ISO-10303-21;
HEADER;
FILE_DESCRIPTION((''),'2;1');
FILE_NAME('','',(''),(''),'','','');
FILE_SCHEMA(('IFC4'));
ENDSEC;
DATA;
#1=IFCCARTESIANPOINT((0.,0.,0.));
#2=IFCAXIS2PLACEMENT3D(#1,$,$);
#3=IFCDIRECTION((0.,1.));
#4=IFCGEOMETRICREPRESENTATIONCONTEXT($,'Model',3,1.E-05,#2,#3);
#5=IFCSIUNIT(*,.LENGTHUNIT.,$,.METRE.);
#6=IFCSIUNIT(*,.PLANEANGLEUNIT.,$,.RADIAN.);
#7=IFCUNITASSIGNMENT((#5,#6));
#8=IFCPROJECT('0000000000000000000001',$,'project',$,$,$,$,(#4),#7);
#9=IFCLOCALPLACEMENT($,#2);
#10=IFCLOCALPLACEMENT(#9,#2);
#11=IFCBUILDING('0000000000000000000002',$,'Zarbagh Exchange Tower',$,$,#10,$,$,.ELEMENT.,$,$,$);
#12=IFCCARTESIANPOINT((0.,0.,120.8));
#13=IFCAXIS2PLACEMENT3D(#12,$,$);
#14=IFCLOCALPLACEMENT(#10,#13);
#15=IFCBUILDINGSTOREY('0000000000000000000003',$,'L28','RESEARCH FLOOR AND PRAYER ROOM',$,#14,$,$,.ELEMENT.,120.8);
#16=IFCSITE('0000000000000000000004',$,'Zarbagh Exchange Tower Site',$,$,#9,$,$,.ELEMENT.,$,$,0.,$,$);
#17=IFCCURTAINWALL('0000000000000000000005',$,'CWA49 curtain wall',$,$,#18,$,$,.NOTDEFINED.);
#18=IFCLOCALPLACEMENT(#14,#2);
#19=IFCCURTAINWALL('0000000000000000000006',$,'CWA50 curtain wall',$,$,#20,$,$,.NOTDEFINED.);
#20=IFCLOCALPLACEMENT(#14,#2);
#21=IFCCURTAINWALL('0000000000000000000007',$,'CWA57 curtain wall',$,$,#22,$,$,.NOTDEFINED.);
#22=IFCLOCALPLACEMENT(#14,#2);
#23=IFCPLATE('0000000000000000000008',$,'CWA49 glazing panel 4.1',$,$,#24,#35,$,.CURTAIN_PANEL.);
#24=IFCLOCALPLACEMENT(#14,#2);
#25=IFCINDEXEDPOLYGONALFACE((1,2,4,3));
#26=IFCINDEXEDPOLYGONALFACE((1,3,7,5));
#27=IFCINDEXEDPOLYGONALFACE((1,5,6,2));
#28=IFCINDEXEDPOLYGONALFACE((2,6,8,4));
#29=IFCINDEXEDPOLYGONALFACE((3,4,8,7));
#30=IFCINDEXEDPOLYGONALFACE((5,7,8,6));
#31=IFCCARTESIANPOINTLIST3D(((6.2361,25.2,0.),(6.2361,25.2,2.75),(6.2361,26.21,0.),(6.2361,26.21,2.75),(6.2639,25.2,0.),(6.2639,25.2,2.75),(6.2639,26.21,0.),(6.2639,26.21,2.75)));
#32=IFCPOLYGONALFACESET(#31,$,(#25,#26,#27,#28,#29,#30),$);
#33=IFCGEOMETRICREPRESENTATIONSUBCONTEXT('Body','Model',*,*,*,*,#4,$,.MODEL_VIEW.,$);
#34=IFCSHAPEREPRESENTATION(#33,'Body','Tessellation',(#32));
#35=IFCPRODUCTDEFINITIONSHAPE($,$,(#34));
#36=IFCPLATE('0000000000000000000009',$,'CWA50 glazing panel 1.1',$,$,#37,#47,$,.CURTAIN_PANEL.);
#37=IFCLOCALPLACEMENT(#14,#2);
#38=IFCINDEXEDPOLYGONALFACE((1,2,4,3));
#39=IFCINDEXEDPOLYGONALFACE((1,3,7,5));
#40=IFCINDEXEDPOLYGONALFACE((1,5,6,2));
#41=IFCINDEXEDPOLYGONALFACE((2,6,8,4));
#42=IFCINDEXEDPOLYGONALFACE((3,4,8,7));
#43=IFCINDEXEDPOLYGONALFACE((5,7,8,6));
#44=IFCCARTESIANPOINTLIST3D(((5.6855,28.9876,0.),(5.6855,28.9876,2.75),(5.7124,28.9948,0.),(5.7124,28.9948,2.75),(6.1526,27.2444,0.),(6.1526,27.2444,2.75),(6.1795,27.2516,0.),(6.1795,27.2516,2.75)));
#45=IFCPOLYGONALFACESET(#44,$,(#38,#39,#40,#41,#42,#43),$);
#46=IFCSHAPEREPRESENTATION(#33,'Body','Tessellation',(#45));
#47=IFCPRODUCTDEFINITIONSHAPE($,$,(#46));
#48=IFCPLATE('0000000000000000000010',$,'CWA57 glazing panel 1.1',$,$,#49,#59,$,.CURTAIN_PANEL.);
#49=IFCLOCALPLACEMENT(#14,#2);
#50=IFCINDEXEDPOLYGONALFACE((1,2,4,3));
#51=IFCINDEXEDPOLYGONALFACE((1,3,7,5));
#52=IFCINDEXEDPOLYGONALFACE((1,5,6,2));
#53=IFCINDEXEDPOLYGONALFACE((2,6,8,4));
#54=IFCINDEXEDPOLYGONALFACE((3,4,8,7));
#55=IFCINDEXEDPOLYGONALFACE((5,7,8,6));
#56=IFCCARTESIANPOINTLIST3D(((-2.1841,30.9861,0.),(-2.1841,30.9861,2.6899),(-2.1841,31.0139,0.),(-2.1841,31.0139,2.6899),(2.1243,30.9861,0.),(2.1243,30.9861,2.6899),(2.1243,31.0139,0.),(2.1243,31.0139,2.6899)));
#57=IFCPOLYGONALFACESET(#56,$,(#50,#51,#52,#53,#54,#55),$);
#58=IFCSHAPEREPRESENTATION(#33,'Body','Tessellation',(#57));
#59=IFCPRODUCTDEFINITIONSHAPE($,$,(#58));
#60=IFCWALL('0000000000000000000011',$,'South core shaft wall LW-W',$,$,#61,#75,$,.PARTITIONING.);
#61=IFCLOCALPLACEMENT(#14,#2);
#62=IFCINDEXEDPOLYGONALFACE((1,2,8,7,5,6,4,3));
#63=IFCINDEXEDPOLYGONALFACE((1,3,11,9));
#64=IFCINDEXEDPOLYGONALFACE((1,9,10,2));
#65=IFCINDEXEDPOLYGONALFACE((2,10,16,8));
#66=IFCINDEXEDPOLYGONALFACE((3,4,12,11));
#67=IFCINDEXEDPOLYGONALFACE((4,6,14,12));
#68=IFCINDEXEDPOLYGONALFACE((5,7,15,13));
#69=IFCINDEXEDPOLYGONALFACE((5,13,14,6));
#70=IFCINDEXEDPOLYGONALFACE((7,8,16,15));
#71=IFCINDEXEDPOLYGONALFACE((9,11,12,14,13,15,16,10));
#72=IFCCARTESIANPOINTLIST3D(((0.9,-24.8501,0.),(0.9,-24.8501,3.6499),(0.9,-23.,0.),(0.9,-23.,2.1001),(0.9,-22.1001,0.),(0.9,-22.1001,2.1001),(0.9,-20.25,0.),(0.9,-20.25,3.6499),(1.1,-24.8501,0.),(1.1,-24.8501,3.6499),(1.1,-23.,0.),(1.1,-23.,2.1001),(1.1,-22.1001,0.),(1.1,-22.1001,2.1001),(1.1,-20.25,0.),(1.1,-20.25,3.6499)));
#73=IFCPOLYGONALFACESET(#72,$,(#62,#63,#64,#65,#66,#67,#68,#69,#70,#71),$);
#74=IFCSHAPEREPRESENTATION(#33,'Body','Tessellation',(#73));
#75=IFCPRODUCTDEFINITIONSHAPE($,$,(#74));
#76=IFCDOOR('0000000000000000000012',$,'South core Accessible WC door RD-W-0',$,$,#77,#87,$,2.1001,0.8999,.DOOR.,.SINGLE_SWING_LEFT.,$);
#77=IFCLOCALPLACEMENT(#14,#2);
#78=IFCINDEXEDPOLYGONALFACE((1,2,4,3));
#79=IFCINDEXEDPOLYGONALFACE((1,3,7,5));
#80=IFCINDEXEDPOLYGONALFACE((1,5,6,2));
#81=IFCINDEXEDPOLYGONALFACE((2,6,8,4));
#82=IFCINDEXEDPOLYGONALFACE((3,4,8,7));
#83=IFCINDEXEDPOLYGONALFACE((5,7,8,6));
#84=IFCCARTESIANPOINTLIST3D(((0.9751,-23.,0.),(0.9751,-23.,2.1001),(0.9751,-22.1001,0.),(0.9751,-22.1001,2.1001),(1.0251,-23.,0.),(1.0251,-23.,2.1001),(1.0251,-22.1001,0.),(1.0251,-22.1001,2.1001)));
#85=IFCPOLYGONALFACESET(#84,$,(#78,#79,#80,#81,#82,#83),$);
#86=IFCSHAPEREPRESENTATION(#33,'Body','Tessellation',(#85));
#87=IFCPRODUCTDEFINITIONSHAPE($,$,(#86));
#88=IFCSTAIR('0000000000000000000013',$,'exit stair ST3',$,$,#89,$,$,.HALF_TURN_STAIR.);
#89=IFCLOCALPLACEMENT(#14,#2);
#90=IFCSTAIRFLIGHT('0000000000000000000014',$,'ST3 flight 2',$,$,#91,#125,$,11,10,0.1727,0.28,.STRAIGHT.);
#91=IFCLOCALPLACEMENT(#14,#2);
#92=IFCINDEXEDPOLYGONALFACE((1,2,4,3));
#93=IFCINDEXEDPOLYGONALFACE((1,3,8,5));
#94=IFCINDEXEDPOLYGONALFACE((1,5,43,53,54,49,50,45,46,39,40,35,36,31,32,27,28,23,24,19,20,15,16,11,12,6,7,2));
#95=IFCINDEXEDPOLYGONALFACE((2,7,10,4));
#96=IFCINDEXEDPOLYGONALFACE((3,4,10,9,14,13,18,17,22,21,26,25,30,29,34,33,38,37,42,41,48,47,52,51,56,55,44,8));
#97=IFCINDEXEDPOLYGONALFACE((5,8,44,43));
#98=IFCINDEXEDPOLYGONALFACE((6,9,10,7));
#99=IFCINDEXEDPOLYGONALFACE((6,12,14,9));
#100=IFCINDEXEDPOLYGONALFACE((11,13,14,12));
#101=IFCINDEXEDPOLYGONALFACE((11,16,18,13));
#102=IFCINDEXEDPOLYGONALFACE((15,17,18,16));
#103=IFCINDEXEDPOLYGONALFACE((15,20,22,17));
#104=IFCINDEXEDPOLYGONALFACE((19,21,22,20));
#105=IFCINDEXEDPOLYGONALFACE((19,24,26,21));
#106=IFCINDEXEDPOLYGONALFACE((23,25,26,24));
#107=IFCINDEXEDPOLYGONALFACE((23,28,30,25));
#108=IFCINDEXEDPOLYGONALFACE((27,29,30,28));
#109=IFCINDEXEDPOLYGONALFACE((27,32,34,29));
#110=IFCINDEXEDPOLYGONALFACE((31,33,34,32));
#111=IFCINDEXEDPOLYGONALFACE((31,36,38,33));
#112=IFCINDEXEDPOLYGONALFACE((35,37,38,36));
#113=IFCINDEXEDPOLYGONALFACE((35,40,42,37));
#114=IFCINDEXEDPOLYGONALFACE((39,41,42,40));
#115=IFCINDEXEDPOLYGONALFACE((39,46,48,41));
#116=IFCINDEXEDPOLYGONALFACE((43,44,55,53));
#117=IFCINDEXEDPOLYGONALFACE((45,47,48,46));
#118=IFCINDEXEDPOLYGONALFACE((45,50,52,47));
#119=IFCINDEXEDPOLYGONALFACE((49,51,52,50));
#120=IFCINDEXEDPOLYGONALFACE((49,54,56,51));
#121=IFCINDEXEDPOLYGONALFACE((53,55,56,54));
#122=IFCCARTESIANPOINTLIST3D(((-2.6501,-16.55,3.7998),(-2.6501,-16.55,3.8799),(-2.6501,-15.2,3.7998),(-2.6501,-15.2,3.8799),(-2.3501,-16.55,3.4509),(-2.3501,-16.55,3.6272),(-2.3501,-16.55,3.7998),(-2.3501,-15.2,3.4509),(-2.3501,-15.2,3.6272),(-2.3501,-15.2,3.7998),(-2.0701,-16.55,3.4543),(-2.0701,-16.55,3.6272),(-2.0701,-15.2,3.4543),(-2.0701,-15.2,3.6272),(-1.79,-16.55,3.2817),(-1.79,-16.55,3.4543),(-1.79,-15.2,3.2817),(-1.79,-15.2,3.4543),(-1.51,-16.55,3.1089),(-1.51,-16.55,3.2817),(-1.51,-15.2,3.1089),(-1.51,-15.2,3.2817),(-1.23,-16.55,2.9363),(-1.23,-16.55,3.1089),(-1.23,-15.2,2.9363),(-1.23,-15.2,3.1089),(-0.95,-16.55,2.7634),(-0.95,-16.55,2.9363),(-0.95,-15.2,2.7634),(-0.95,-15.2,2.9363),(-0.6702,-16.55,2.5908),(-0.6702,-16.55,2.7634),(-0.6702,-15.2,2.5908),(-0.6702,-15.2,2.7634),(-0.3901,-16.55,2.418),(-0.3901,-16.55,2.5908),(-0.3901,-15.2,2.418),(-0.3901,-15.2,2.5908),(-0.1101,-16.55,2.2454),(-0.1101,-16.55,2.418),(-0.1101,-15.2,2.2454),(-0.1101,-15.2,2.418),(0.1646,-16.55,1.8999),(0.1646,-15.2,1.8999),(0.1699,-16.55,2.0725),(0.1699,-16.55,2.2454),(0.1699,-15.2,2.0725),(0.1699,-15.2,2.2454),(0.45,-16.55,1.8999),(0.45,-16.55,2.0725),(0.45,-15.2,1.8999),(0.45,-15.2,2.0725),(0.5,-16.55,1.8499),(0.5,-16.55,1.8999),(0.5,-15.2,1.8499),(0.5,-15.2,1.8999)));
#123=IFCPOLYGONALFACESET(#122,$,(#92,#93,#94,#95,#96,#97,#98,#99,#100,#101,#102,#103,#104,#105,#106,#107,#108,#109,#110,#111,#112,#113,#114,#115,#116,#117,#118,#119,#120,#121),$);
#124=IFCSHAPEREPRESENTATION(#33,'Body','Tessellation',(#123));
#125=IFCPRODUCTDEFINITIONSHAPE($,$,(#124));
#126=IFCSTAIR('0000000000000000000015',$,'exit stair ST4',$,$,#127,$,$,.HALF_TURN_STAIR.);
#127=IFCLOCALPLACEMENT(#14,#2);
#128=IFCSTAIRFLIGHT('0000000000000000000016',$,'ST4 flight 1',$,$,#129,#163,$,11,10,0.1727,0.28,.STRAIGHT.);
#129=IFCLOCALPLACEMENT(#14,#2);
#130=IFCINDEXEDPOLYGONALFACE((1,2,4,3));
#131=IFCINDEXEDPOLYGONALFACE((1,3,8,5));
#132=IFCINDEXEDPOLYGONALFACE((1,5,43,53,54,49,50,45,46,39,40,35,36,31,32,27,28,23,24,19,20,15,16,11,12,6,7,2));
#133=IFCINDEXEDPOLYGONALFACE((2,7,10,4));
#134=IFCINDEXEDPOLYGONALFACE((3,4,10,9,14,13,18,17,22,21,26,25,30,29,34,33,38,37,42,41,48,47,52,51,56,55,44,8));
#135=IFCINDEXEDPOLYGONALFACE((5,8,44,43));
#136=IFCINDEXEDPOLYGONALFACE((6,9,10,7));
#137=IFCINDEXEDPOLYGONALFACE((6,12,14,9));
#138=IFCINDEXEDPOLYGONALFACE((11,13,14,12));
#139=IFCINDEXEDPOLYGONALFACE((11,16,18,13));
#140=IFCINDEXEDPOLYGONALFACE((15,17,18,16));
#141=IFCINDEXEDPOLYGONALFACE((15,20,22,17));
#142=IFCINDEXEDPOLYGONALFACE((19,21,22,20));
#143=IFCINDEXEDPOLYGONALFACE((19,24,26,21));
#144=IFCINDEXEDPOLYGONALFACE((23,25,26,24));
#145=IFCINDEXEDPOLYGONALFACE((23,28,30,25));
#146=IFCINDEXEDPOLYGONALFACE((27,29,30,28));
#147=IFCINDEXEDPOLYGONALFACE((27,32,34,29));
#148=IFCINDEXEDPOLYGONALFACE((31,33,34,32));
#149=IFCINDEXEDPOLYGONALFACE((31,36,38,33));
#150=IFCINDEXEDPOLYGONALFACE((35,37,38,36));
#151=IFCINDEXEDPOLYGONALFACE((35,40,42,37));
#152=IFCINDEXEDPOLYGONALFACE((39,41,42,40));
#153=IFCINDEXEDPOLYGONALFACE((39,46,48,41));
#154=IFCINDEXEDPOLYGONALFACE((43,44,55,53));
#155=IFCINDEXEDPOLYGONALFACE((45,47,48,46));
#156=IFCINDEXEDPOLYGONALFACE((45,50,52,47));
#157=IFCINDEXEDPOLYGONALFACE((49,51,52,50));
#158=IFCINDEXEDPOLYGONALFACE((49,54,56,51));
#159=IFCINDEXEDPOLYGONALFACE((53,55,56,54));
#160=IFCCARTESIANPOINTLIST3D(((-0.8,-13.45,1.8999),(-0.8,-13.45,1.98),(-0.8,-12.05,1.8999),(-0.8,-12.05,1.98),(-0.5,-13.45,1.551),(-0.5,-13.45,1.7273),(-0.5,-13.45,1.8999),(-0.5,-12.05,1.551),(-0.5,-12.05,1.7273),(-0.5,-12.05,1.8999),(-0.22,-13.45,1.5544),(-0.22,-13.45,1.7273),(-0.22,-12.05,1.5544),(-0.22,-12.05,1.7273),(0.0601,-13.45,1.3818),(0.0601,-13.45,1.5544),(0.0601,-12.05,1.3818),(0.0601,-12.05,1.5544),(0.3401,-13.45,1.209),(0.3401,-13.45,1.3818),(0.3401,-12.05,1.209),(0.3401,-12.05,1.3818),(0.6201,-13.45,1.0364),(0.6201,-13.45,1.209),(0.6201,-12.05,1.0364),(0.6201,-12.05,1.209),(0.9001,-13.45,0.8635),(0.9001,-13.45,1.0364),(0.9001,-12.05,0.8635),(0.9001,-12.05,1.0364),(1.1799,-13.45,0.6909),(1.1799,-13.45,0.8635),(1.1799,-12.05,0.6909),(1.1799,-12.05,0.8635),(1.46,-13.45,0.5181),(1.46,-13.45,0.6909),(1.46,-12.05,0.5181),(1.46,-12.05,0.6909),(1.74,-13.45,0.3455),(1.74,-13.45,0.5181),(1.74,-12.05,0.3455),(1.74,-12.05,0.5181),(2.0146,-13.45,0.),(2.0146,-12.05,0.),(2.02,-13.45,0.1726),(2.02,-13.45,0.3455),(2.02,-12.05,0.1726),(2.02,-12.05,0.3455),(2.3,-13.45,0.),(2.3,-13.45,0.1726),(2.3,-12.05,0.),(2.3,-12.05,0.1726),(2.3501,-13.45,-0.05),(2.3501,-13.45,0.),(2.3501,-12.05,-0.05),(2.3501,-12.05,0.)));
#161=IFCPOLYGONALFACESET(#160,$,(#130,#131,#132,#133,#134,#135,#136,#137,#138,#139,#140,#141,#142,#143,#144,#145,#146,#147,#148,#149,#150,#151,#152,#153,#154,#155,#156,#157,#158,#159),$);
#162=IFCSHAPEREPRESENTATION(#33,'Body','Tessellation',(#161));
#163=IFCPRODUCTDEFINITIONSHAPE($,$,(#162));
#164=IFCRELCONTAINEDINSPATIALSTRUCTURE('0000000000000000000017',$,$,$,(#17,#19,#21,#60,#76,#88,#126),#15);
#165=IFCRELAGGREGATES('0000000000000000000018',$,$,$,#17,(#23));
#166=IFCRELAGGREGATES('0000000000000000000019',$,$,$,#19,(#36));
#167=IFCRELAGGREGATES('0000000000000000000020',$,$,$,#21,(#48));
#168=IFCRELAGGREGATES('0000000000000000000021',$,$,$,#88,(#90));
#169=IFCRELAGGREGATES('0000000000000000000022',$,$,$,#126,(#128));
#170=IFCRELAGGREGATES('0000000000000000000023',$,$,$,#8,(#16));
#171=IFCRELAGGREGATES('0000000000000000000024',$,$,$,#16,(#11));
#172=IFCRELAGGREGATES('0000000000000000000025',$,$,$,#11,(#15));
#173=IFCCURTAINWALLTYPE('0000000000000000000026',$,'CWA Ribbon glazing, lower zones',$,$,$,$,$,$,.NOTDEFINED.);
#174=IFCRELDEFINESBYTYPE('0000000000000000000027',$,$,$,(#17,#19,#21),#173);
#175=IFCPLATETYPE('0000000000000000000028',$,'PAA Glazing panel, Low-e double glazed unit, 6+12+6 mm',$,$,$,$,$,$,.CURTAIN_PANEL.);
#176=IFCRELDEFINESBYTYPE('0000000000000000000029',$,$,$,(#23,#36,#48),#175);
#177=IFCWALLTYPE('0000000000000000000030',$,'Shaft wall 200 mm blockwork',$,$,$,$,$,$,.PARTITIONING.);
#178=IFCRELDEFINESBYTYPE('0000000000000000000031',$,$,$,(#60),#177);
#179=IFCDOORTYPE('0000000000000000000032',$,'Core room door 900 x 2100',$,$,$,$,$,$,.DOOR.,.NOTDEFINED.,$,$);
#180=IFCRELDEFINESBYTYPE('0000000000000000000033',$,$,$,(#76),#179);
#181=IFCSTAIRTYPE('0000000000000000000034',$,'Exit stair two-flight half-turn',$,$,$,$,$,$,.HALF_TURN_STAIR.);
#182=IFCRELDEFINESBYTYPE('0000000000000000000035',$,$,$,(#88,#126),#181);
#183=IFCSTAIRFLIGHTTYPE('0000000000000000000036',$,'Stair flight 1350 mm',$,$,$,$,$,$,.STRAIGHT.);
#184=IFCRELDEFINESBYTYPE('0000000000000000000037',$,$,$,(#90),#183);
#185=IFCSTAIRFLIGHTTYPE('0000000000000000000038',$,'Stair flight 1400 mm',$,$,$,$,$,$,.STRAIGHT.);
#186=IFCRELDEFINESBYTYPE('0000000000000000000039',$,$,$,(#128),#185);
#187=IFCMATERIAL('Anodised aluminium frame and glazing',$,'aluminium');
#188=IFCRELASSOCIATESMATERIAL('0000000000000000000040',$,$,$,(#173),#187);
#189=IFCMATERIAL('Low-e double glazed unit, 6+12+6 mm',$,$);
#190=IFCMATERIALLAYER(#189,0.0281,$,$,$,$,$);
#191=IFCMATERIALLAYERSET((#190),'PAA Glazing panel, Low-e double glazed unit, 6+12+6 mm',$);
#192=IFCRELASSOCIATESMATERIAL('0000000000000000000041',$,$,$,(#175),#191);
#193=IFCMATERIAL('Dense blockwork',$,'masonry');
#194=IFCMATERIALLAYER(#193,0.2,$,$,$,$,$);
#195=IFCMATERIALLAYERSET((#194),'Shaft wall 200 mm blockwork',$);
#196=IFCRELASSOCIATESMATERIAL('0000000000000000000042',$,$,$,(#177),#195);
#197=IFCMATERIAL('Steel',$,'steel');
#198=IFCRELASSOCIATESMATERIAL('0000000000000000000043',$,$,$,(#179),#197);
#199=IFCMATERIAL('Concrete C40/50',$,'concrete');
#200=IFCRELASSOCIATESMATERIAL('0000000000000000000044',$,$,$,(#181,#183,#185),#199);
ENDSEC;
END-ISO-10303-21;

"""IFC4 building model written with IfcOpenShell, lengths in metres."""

from ifc_helpers import new_model, si_unit, direction, frame, frame_2d, origin, place, context, subcontext, project, spatial, polyline, rectangle, outline, extrude, source, transform, mapped, material, layer, layer_set, type_object, element, fill, aggregate, save


model = new_model("IFC4")

# Units and contexts
model_context = context("Model", 3, precision=1e-05, world=origin(), true_north=direction((0.0, 1.0)))
body_context = subcontext(model_context, "Body", "Model", "MODEL_VIEW")
ifc_project = project(units=[si_unit("LENGTHUNIT", "METRE"), si_unit("PLANEANGLEUNIT", "RADIAN")], contexts=[model_context])

# Site, building, storey
site_placement = place(None, origin())
site = spatial("IfcSite", under=ifc_project, at=site_placement, Name="Zarbagh Exchange Tower Site", CompositionType="ELEMENT", RefElevation=0.0)
building_placement = place(site_placement, origin())
building = spatial("IfcBuilding", under=site, at=building_placement, Name="Zarbagh Exchange Tower", CompositionType="ELEMENT")
storey_placement = place(building_placement, frame((0.0, 0.0, 120.8)))
storey = spatial("IfcBuildingStorey", under=building, at=storey_placement, Name="L28", Description="RESEARCH FLOOR AND PRAYER ROOM", CompositionType="ELEMENT", Elevation=120.8)

# Curtain walls
ifc_material_1 = material(Name="Anodised aluminium frame and glazing", Category="aluminium")
curtain_wall_type = type_object("IfcCurtainWallType", Name="CWA Ribbon glazing, lower zones", PredefinedType="NOTDEFINED", material=ifc_material_1)
curtain_wall_1_placement = place(storey_placement, origin())
curtain_wall_1 = element("IfcCurtainWall", 1, at=curtain_wall_1_placement, inside=storey, type_object=curtain_wall_type, Name="CWA49 curtain wall", PredefinedType="NOTDEFINED")
placement = place(storey_placement, origin())
curtain_wall_2_placement = place(storey_placement, origin())
curtain_wall_2 = element("IfcCurtainWall", 2, at=curtain_wall_2_placement, inside=storey, type_object=curtain_wall_type, Name="CWA50 curtain wall", PredefinedType="NOTDEFINED")
curtain_wall_3_placement = place(storey_placement, origin())
curtain_wall_3 = element("IfcCurtainWall", 3, at=curtain_wall_3_placement, inside=storey, type_object=curtain_wall_type, Name="CWA57 curtain wall", PredefinedType="NOTDEFINED")

# Shared definitions
ifc_material_2 = material(Name="Low-e double glazed unit, 6+12+6 mm")
ifc_layer_1 = layer(ifc_material_2, 0.0281)
ifc_layer_set_1 = layer_set([ifc_layer_1], Name="PAA Glazing panel, Low-e double glazed unit, 6+12+6 mm")
plate_type = type_object("IfcPlateType", Name="PAA Glazing panel, Low-e double glazed unit, 6+12+6 mm", PredefinedType="CURTAIN_PANEL", material=ifc_layer_set_1)

# Plates
shared_shape_1 = source(origin(), body_context, "Body", "SweptSolid", [
    extrude(outline(polyline([(0.0, -0.0139), (1.01, -0.0139), (1.01, 0.0139), (0.0, 0.0139), (0.0, -0.0139)])), origin(), (0.0, 0.0, 1.0), 2.75),
])
plate_1 = element("IfcPlate", 4, at=placement, type_object=plate_type, Name="CWA49 glazing panel 4.1", PredefinedType="CURTAIN_PANEL", context=body_context, shape_type="MappedRepresentation", body=[
    mapped(shared_shape_1, transform((6.25, 25.2, 0.0), x_axis=(0.0, 1.0, 0.0), y_axis=(-1.0, 0.0, 0.0), z_axis=(0.0, 0.0, 1.0))),
])
aggregate(curtain_wall_1, [plate_1])
shared_shape_2 = source(origin(), body_context, "Body", "SweptSolid", [
    extrude(outline(polyline([(0.0, -0.0139), (1.8047, -0.0139), (1.8047, 0.0139), (0.0, 0.0139), (0.0, -0.0139)])), origin(), (0.0, 0.0, 1.0), 2.75),
])
plate_2 = element("IfcPlate", 5, at=placement, type_object=plate_type, Name="CWA50 glazing panel 1.1", PredefinedType="CURTAIN_PANEL", context=body_context, shape_type="MappedRepresentation", body=[
    mapped(shared_shape_2, transform((6.166, 27.248, 0.0), x_axis=(-0.258825, 0.965924, 0.0), y_axis=(-0.965924, -0.258825, 0.0), z_axis=(0.0, 0.0, 1.0))),
])
aggregate(curtain_wall_2, [plate_2])
shared_shape_3 = source(origin(), body_context, "Body", "SweptSolid", [
    extrude(outline(polyline([(0.0, -0.0139), (4.3083, -0.0139), (4.3083, 0.0139), (0.0, 0.0139), (0.0, -0.0139)])), origin(), (0.0, 0.0, 1.0), 2.6899),
])
plate_3 = element("IfcPlate", 6, at=placement, type_object=plate_type, Name="CWA57 glazing panel 1.1", PredefinedType="CURTAIN_PANEL", context=body_context, shape_type="MappedRepresentation", body=[
    mapped(shared_shape_3, transform((2.1243, 31.0, 0.0), x_axis=(-1.0, 0.0, 0.0), y_axis=(0.0, -1.0, 0.0), z_axis=(0.0, 0.0, 1.0))),
])
aggregate(curtain_wall_3, [plate_3])

# Wall, opening, door
ifc_material_3 = material(Name="Dense blockwork", Category="masonry")
ifc_layer_2 = layer(ifc_material_3, 0.2)
ifc_layer_set_2 = layer_set([ifc_layer_2], Name="Shaft wall 200 mm blockwork")
wall_type = type_object("IfcWallType", Name="Shaft wall 200 mm blockwork", PredefinedType="PARTITIONING", material=ifc_layer_set_2)
wall_placement = place(storey_placement, frame((1.0, -24.8501, 0.0), z_axis=(0.0, 0.0, 1.0), x_axis=(0.0, 1.0, 0.0)))
wall = element("IfcWall", 7, at=wall_placement, inside=storey, type_object=wall_type, Name="South core shaft wall LW-W", PredefinedType="PARTITIONING", context=body_context, shape_type="SweptSolid", body=[
    extrude(rectangle(XDim=4.6001, YDim=0.2, at=frame_2d((2.3, 0.0))), origin(), (0.0, 0.0, 1.0), 3.6499),
])
opening_placement = place(wall_placement, frame((1.8501, 0.0, 0.0)))
opening = element("IfcOpeningElement", 8, at=opening_placement, cuts=wall, PredefinedType="OPENING", context=body_context, shape_type="SweptSolid", body=[
    extrude(rectangle(XDim=0.8999, YDim=2.1001, at=frame_2d((0.45, 1.05))), frame((0.0, 0.1099, 0.0), z_axis=(0.0, -1.0, 0.0), x_axis=(1.0, 0.0, 0.0)), (0.0, 0.0, 1.0), 0.22),
])
ifc_material_4 = material(Name="Steel", Category="steel")
door_type = type_object("IfcDoorType", Name="Core room door 900 x 2100", OperationType="NOTDEFINED", PredefinedType="DOOR", material=ifc_material_4)
door_placement = place(opening_placement, origin())
door = element("IfcDoor", 9, at=door_placement, inside=storey, type_object=door_type, Name="South core Accessible WC door RD-W-0", OperationType="SINGLE_SWING_LEFT", OverallHeight=2.1001, OverallWidth=0.8999, PredefinedType="DOOR", context=body_context, shape_type="SweptSolid", body=[
    extrude(rectangle(XDim=0.8999, YDim=2.1001, at=frame_2d((0.45, 1.05))), frame((0.0, 0.0249, 0.0), z_axis=(0.0, -1.0, 0.0), x_axis=(1.0, 0.0, 0.0)), (0.0, 0.0, 1.0), 0.05),
])
fill(opening, door)

# Stairs, stair flights
ifc_material_5 = material(Name="Concrete C40/50", Category="concrete")
stair_type = type_object("IfcStairType", Name="Exit stair two-flight half-turn", PredefinedType="HALF_TURN_STAIR", material=ifc_material_5)
stair_1_placement = place(storey_placement, origin())
stair_1 = element("IfcStair", 10, at=stair_1_placement, inside=storey, type_object=stair_type, Name="exit stair ST3", PredefinedType="HALF_TURN_STAIR")
stair_flight_type_1 = type_object("IfcStairFlightType", Name="Stair flight 1350 mm", PredefinedType="STRAIGHT", material=ifc_material_5)
stair_flight_1_placement = place(storey_placement, frame((0.45, -15.875, 1.8999), z_axis=(0.0, 0.0, 1.0), x_axis=(-1.0, 0.0, 0.0)))
stair_flight_1 = element("IfcStairFlight", 11, at=stair_flight_1_placement, type_object=stair_flight_type_1, Name="ST3 flight 2", NumberOfRisers=11, NumberOfTreads=10, PredefinedType="STRAIGHT", RiserHeight=0.1727, TreadLength=0.28, context=body_context, shape_type="SweptSolid", body=[
    extrude(outline(polyline([(-0.05, -0.05), (-0.05, 0.0), (0.0, 0.0), (0.0, 0.1726), (0.28, 0.1726), (0.28, 0.3455), (0.5601, 0.3455), (0.5601, 0.5181), (0.8401, 0.5181), (0.8401, 0.6909), (1.1201, 0.6909), (1.1201, 0.8635), (1.3999, 0.8635), (1.3999, 1.0364), (1.6799, 1.0364), (1.6799, 1.209), (1.96, 1.209), (1.96, 1.3818), (2.24, 1.3818), (2.24, 1.5544), (2.52, 1.5544), (2.52, 1.7273), (2.8, 1.7273), (2.8, 1.8999), (3.1001, 1.98), (3.1001, 1.8999), (2.8, 1.551), (0.2854, 0.0), (-0.05, -0.05)])), frame((0.0, 0.675, 0.0), z_axis=(0.0, -1.0, 0.0), x_axis=(1.0, 0.0, 0.0)), (0.0, 0.0, 1.0), 1.3501),
])
aggregate(stair_1, [stair_flight_1])
stair_2_placement = place(storey_placement, origin())
stair_2 = element("IfcStair", 12, at=stair_2_placement, inside=storey, type_object=stair_type, Name="exit stair ST4", PredefinedType="HALF_TURN_STAIR")
stair_flight_type_2 = type_object("IfcStairFlightType", Name="Stair flight 1400 mm", PredefinedType="STRAIGHT", material=ifc_material_5)
stair_flight_2_placement = place(storey_placement, frame((2.3, -12.75, 0.0), z_axis=(0.0, 0.0, 1.0), x_axis=(-1.0, 0.0, 0.0)))
stair_flight_2 = element("IfcStairFlight", 13, at=stair_flight_2_placement, type_object=stair_flight_type_2, Name="ST4 flight 1", NumberOfRisers=11, NumberOfTreads=10, PredefinedType="STRAIGHT", RiserHeight=0.1727, TreadLength=0.28, context=body_context, shape_type="SweptSolid", body=[
    extrude(outline(polyline([(-0.05, -0.05), (-0.05, 0.0), (0.0, 0.0), (0.0, 0.1726), (0.28, 0.1726), (0.28, 0.3455), (0.5601, 0.3455), (0.5601, 0.5181), (0.8401, 0.5181), (0.8401, 0.6909), (1.1201, 0.6909), (1.1201, 0.8635), (1.3999, 0.8635), (1.3999, 1.0364), (1.6799, 1.0364), (1.6799, 1.209), (1.96, 1.209), (1.96, 1.3818), (2.24, 1.3818), (2.24, 1.5544), (2.52, 1.5544), (2.52, 1.7273), (2.8, 1.7273), (2.8, 1.8999), (3.1001, 1.98), (3.1001, 1.8999), (2.8, 1.551), (0.2854, 0.0), (-0.05, -0.05)])), frame((0.0, 0.7, 0.0), z_axis=(0.0, -1.0, 0.0), x_axis=(1.0, 0.0, 0.0)), (0.0, 0.0, 1.0), 1.3999),
])
aggregate(stair_2, [stair_flight_2])

save(model, "model.ifc")
